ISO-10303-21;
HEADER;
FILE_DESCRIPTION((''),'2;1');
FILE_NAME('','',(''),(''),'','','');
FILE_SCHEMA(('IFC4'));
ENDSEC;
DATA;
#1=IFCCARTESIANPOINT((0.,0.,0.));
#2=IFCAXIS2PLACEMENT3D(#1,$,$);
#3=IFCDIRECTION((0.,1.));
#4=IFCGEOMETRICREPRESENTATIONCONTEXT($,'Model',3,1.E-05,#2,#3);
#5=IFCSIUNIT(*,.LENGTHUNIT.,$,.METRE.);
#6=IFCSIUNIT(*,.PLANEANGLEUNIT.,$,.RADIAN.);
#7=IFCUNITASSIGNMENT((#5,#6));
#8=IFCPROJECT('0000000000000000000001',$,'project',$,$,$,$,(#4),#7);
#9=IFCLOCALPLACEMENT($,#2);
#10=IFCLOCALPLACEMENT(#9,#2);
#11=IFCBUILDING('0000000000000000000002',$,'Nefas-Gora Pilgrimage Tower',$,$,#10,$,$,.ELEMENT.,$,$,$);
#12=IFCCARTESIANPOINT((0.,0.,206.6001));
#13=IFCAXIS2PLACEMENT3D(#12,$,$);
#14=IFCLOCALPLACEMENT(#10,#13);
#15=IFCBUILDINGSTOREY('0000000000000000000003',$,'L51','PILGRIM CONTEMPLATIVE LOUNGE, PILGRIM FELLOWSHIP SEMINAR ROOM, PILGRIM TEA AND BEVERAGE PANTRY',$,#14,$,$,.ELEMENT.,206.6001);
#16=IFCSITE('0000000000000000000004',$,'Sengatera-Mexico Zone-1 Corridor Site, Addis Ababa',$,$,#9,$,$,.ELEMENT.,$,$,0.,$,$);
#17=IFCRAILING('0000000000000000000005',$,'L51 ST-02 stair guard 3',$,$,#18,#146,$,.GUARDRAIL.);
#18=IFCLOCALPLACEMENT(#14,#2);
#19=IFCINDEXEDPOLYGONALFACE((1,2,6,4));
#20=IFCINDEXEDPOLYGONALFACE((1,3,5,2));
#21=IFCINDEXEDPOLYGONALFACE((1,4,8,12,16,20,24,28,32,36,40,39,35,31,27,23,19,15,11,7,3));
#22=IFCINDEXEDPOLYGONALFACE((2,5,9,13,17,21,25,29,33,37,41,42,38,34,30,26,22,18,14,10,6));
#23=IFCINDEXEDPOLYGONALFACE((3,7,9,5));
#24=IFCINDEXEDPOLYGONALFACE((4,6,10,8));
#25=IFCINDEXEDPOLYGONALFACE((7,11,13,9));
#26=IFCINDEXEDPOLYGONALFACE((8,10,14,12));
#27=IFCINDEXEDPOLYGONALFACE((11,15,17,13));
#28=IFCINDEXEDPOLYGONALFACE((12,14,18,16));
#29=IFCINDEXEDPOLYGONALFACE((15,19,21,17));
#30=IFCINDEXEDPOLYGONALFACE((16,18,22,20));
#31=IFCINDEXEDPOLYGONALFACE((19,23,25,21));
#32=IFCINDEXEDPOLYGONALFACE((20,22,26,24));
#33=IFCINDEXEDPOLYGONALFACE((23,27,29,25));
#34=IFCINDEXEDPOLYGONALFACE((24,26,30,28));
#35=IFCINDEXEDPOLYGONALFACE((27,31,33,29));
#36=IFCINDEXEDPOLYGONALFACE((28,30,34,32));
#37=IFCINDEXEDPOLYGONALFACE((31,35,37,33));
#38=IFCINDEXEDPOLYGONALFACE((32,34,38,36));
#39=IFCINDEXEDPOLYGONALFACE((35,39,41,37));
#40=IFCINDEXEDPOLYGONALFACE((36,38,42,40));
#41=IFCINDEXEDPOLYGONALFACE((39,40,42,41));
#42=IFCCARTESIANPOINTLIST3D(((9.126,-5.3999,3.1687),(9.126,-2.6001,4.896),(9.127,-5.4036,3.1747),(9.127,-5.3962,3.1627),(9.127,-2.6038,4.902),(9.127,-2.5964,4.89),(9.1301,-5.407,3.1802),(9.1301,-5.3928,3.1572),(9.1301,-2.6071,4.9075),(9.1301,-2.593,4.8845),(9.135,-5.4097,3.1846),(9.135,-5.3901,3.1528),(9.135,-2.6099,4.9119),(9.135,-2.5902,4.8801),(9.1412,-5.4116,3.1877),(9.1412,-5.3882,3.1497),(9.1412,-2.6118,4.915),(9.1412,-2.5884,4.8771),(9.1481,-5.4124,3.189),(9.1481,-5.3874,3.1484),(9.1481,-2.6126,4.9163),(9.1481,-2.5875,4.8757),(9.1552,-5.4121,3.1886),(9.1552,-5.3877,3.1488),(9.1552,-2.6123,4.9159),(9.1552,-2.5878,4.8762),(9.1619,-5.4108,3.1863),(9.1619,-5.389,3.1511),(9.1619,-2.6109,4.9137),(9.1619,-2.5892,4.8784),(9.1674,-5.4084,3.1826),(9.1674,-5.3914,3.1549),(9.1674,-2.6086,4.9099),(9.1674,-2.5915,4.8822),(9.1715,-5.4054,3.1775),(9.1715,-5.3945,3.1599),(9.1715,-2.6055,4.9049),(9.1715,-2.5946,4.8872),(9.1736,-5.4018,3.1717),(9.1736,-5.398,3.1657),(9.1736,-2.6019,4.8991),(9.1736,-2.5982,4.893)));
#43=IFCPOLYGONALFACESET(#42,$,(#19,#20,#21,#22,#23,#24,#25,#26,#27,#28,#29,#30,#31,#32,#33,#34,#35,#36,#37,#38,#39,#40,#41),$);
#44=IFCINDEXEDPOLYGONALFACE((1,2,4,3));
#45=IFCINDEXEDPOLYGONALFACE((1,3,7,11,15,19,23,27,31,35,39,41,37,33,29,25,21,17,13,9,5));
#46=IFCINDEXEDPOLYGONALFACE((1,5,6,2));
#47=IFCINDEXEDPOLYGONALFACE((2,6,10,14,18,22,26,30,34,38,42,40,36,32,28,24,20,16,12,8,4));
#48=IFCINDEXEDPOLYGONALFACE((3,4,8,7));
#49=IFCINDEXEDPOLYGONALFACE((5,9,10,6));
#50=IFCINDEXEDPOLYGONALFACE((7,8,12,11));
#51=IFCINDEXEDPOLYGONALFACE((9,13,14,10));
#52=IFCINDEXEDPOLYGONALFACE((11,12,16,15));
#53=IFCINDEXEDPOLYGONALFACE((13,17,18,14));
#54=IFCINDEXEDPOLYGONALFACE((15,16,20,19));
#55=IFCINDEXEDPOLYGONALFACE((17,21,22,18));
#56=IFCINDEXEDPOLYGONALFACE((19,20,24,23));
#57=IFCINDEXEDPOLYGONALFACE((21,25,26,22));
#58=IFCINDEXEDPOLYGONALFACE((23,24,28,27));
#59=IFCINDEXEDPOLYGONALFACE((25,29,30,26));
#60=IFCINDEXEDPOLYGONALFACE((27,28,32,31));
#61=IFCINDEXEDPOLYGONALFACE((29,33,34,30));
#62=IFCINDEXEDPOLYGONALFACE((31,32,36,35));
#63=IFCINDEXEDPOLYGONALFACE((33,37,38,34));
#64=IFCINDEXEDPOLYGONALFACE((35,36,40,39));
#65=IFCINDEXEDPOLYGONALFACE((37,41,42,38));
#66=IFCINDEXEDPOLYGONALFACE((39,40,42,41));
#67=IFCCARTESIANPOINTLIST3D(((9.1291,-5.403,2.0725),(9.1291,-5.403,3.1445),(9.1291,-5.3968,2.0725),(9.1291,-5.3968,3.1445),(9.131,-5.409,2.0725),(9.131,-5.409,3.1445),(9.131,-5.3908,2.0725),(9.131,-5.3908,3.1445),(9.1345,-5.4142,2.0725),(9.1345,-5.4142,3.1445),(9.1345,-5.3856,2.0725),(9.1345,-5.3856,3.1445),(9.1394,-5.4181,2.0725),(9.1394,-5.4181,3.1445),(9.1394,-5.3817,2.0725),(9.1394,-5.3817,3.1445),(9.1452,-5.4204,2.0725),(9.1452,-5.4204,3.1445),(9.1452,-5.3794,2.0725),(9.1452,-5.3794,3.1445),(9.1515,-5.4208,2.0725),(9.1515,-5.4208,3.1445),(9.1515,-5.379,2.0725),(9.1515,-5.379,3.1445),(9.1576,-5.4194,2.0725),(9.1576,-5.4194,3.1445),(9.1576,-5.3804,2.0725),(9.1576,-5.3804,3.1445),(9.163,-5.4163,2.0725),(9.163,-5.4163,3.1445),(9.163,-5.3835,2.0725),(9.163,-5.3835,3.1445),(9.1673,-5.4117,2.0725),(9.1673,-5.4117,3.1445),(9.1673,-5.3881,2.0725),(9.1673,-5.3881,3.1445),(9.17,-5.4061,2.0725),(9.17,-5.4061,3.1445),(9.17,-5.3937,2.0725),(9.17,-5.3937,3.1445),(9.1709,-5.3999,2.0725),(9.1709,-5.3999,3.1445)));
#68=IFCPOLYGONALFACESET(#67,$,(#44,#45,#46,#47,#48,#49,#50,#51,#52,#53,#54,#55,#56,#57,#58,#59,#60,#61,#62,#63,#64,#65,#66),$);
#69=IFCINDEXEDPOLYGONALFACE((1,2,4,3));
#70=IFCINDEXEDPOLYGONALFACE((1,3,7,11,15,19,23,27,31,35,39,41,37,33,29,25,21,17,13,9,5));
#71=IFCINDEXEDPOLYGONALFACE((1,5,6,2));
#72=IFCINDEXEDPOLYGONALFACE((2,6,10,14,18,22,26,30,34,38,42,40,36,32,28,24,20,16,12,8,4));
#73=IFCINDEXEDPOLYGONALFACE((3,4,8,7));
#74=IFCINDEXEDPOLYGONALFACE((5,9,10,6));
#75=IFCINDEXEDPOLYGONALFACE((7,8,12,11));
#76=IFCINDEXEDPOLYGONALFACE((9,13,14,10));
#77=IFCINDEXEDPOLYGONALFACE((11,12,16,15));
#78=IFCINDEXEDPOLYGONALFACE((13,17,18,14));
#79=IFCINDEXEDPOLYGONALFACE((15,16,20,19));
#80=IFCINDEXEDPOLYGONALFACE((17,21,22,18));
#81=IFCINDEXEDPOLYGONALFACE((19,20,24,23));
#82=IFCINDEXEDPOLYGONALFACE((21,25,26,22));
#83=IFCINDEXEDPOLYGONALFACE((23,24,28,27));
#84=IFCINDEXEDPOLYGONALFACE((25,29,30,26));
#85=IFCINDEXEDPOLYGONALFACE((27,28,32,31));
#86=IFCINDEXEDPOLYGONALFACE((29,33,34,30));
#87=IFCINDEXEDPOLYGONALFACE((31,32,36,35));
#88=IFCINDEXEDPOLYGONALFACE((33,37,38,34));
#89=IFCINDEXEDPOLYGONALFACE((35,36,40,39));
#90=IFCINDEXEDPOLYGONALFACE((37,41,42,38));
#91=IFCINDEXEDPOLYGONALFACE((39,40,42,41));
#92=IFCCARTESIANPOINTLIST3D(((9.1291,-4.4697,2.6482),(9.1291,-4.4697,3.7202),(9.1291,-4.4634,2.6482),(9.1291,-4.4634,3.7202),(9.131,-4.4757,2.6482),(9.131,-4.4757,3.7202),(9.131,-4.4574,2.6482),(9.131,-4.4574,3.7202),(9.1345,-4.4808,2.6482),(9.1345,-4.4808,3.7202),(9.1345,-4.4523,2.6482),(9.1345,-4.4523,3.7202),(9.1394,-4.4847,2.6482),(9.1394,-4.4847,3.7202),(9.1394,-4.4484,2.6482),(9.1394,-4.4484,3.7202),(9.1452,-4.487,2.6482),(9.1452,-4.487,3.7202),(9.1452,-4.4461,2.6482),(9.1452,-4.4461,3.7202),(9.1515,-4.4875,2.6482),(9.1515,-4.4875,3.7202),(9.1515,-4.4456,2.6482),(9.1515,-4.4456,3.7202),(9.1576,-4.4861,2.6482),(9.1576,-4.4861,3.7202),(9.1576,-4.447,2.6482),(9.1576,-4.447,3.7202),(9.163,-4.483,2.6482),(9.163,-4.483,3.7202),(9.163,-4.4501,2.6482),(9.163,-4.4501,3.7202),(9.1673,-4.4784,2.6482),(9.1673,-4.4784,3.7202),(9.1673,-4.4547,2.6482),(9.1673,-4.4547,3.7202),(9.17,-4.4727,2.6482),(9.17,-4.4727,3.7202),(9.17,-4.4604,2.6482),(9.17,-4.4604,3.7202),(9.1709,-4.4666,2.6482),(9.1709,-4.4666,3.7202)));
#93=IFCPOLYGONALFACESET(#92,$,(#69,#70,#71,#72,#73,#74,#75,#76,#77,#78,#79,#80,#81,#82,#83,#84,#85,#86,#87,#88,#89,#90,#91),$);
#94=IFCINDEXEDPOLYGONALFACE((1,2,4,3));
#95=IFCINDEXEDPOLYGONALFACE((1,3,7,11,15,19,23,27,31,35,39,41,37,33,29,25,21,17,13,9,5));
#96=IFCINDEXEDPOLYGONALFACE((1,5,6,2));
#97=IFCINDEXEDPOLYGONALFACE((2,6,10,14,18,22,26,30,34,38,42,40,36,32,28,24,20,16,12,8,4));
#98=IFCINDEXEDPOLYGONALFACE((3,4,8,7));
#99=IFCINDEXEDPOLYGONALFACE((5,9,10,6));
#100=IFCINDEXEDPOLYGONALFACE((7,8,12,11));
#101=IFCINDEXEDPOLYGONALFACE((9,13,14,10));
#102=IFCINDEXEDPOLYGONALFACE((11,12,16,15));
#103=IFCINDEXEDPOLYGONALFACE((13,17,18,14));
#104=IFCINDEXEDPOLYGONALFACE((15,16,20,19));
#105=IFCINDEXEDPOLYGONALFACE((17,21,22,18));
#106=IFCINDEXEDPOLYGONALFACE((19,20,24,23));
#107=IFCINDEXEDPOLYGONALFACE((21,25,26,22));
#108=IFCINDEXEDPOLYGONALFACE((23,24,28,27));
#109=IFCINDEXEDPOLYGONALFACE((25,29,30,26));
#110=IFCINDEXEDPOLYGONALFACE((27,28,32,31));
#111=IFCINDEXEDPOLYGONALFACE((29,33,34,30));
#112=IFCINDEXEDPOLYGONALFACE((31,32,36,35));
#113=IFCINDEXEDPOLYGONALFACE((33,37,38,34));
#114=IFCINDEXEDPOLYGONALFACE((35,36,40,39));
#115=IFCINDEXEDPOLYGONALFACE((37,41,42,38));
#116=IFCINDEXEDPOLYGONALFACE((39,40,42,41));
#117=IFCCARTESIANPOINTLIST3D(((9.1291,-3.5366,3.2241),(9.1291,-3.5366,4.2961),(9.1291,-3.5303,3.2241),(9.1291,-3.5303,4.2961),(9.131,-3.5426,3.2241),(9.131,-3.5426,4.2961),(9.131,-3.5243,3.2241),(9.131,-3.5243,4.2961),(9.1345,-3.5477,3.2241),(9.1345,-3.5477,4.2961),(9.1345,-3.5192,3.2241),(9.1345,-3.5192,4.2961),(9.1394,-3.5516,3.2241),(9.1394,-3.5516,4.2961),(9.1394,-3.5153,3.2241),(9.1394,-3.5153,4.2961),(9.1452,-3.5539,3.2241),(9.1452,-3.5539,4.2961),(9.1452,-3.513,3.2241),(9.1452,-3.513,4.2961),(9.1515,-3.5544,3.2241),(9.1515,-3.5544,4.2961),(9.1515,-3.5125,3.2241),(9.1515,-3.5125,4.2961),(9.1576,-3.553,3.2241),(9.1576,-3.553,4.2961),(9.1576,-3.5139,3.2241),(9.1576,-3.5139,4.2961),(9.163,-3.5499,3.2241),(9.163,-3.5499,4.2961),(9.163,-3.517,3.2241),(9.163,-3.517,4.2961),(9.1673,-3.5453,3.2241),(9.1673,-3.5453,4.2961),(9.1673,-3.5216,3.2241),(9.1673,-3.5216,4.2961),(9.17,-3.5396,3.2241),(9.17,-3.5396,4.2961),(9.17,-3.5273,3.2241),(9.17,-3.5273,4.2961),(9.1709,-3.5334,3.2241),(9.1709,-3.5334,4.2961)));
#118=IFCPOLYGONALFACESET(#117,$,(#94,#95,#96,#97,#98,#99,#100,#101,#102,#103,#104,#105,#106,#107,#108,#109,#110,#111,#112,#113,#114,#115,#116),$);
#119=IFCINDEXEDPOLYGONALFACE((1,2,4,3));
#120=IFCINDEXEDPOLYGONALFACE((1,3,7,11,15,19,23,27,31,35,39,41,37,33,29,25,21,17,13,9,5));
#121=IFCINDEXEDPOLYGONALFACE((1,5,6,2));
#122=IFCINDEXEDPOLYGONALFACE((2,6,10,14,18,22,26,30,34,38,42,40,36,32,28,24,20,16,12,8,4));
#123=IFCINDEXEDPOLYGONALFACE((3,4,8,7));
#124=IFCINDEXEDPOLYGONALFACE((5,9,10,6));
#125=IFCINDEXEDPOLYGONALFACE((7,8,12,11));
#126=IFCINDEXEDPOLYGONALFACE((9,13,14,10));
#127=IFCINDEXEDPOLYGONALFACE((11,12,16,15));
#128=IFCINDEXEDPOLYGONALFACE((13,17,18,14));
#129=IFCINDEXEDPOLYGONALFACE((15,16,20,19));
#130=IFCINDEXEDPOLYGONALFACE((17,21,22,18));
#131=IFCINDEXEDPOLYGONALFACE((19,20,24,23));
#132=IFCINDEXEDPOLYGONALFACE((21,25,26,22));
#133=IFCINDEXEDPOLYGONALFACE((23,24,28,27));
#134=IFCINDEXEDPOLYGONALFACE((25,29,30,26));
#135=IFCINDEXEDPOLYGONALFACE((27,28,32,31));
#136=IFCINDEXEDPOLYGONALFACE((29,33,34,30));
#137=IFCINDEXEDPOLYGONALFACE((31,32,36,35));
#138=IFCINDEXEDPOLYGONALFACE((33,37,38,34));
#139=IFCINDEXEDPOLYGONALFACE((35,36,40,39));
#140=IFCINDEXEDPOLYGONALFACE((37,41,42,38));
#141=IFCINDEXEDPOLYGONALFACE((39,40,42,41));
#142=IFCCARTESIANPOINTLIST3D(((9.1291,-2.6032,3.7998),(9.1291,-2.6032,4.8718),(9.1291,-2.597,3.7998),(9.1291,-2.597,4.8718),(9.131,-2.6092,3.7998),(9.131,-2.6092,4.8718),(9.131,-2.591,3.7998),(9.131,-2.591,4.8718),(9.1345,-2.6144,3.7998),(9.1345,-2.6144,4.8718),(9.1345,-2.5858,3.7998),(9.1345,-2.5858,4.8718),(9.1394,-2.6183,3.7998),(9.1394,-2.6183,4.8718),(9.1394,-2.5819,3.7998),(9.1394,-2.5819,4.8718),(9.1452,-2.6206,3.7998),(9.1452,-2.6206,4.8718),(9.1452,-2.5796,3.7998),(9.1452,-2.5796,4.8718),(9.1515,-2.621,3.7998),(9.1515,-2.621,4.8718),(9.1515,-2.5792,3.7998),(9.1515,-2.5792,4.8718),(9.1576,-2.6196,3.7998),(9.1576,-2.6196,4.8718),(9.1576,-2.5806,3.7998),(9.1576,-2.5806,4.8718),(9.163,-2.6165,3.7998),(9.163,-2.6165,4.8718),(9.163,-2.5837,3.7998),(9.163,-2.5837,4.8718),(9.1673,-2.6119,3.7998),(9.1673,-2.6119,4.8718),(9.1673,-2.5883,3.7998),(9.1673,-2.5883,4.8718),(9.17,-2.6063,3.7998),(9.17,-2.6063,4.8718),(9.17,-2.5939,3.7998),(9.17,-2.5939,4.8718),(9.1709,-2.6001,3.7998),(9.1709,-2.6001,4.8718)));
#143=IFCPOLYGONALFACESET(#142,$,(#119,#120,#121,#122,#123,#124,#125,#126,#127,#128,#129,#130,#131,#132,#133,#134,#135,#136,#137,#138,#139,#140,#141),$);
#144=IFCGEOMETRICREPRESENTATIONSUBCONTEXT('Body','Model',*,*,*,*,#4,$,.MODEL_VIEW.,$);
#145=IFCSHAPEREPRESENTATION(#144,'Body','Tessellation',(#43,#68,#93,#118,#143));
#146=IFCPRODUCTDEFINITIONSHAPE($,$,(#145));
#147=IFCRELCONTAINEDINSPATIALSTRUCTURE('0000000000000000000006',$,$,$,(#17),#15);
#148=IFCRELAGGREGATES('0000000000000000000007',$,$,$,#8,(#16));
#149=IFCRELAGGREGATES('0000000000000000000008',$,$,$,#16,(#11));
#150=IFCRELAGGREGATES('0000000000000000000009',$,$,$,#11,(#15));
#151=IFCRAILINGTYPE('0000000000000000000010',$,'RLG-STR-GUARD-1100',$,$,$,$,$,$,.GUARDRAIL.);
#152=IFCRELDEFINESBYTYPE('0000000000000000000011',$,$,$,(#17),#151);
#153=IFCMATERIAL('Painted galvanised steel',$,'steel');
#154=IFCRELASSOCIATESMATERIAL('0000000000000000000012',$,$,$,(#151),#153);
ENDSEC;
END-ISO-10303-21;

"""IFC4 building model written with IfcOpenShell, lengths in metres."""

from ifc_helpers import new_model, si_unit, direction, frame, origin, origin_2d, place, context, subcontext, project, spatial, circle, extrude, material, type_object, element, save


model = new_model("IFC4")

# Units and contexts
model_context = context("Model", 3, precision=1e-05, world=origin(), true_north=direction((0.0, 1.0)))
body_context = subcontext(model_context, "Body", "Model", "MODEL_VIEW")
ifc_project = project(units=[si_unit("LENGTHUNIT", "METRE"), si_unit("PLANEANGLEUNIT", "RADIAN")], contexts=[model_context])

# Site, building, storey
site_placement = place(None, origin())
site = spatial("IfcSite", under=ifc_project, at=site_placement, Name="Sengatera-Mexico Zone-1 Corridor Site, Addis Ababa", CompositionType="ELEMENT", RefElevation=0.0)
building_placement = place(site_placement, origin())
building = spatial("IfcBuilding", under=site, at=building_placement, Name="Nefas-Gora Pilgrimage Tower", CompositionType="ELEMENT")
storey_placement = place(building_placement, frame((0.0, 0.0, 206.6001)))
storey = spatial("IfcBuildingStorey", under=building, at=storey_placement, Name="L51", Description="PILGRIM CONTEMPLATIVE LOUNGE, PILGRIM FELLOWSHIP SEMINAR ROOM, PILGRIM TEA AND BEVERAGE PANTRY", CompositionType="ELEMENT", Elevation=206.6001)

# Railing
ifc_material_1 = material(Name="Painted galvanised steel", Category="steel")
railing_type_1 = type_object("IfcRailingType", Name="RLG-STR-GUARD-1100", PredefinedType="GUARDRAIL", material=ifc_material_1)
railing_1_placement = place(storey_placement, frame((9.1499, -5.3999, 2.0725)))
element("IfcRailing", 1, at=railing_1_placement, inside=storey, type_object=railing_type_1, Name="L51 ST-02 stair guard 3", PredefinedType="GUARDRAIL", context=body_context, shape_type="SweptSolid", body=[
    extrude(circle(Radius=0.0239, at=origin_2d()), frame((0.0, 0.0, 1.0962), z_axis=(0.0, 0.851069, 0.525054), x_axis=(-1.0, 0.0, 0.0)), (0.0, 0.0, 1.0), 3.2898),
    extrude(circle(Radius=0.021, at=origin_2d()), origin(), (0.0, 0.0, 1.0), 1.072),
    extrude(circle(Radius=0.021, at=origin_2d()), frame((0.0, 0.9333, 0.5757)), (0.0, 0.0, 1.0), 1.072),
    extrude(circle(Radius=0.021, at=origin_2d()), frame((0.0, 1.8665, 1.1516)), (0.0, 0.0, 1.0), 1.072),
    extrude(circle(Radius=0.021, at=origin_2d()), frame((0.0, 2.7998, 1.7273)), (0.0, 0.0, 1.0), 1.072),
])

save(model, "model.ifc")
